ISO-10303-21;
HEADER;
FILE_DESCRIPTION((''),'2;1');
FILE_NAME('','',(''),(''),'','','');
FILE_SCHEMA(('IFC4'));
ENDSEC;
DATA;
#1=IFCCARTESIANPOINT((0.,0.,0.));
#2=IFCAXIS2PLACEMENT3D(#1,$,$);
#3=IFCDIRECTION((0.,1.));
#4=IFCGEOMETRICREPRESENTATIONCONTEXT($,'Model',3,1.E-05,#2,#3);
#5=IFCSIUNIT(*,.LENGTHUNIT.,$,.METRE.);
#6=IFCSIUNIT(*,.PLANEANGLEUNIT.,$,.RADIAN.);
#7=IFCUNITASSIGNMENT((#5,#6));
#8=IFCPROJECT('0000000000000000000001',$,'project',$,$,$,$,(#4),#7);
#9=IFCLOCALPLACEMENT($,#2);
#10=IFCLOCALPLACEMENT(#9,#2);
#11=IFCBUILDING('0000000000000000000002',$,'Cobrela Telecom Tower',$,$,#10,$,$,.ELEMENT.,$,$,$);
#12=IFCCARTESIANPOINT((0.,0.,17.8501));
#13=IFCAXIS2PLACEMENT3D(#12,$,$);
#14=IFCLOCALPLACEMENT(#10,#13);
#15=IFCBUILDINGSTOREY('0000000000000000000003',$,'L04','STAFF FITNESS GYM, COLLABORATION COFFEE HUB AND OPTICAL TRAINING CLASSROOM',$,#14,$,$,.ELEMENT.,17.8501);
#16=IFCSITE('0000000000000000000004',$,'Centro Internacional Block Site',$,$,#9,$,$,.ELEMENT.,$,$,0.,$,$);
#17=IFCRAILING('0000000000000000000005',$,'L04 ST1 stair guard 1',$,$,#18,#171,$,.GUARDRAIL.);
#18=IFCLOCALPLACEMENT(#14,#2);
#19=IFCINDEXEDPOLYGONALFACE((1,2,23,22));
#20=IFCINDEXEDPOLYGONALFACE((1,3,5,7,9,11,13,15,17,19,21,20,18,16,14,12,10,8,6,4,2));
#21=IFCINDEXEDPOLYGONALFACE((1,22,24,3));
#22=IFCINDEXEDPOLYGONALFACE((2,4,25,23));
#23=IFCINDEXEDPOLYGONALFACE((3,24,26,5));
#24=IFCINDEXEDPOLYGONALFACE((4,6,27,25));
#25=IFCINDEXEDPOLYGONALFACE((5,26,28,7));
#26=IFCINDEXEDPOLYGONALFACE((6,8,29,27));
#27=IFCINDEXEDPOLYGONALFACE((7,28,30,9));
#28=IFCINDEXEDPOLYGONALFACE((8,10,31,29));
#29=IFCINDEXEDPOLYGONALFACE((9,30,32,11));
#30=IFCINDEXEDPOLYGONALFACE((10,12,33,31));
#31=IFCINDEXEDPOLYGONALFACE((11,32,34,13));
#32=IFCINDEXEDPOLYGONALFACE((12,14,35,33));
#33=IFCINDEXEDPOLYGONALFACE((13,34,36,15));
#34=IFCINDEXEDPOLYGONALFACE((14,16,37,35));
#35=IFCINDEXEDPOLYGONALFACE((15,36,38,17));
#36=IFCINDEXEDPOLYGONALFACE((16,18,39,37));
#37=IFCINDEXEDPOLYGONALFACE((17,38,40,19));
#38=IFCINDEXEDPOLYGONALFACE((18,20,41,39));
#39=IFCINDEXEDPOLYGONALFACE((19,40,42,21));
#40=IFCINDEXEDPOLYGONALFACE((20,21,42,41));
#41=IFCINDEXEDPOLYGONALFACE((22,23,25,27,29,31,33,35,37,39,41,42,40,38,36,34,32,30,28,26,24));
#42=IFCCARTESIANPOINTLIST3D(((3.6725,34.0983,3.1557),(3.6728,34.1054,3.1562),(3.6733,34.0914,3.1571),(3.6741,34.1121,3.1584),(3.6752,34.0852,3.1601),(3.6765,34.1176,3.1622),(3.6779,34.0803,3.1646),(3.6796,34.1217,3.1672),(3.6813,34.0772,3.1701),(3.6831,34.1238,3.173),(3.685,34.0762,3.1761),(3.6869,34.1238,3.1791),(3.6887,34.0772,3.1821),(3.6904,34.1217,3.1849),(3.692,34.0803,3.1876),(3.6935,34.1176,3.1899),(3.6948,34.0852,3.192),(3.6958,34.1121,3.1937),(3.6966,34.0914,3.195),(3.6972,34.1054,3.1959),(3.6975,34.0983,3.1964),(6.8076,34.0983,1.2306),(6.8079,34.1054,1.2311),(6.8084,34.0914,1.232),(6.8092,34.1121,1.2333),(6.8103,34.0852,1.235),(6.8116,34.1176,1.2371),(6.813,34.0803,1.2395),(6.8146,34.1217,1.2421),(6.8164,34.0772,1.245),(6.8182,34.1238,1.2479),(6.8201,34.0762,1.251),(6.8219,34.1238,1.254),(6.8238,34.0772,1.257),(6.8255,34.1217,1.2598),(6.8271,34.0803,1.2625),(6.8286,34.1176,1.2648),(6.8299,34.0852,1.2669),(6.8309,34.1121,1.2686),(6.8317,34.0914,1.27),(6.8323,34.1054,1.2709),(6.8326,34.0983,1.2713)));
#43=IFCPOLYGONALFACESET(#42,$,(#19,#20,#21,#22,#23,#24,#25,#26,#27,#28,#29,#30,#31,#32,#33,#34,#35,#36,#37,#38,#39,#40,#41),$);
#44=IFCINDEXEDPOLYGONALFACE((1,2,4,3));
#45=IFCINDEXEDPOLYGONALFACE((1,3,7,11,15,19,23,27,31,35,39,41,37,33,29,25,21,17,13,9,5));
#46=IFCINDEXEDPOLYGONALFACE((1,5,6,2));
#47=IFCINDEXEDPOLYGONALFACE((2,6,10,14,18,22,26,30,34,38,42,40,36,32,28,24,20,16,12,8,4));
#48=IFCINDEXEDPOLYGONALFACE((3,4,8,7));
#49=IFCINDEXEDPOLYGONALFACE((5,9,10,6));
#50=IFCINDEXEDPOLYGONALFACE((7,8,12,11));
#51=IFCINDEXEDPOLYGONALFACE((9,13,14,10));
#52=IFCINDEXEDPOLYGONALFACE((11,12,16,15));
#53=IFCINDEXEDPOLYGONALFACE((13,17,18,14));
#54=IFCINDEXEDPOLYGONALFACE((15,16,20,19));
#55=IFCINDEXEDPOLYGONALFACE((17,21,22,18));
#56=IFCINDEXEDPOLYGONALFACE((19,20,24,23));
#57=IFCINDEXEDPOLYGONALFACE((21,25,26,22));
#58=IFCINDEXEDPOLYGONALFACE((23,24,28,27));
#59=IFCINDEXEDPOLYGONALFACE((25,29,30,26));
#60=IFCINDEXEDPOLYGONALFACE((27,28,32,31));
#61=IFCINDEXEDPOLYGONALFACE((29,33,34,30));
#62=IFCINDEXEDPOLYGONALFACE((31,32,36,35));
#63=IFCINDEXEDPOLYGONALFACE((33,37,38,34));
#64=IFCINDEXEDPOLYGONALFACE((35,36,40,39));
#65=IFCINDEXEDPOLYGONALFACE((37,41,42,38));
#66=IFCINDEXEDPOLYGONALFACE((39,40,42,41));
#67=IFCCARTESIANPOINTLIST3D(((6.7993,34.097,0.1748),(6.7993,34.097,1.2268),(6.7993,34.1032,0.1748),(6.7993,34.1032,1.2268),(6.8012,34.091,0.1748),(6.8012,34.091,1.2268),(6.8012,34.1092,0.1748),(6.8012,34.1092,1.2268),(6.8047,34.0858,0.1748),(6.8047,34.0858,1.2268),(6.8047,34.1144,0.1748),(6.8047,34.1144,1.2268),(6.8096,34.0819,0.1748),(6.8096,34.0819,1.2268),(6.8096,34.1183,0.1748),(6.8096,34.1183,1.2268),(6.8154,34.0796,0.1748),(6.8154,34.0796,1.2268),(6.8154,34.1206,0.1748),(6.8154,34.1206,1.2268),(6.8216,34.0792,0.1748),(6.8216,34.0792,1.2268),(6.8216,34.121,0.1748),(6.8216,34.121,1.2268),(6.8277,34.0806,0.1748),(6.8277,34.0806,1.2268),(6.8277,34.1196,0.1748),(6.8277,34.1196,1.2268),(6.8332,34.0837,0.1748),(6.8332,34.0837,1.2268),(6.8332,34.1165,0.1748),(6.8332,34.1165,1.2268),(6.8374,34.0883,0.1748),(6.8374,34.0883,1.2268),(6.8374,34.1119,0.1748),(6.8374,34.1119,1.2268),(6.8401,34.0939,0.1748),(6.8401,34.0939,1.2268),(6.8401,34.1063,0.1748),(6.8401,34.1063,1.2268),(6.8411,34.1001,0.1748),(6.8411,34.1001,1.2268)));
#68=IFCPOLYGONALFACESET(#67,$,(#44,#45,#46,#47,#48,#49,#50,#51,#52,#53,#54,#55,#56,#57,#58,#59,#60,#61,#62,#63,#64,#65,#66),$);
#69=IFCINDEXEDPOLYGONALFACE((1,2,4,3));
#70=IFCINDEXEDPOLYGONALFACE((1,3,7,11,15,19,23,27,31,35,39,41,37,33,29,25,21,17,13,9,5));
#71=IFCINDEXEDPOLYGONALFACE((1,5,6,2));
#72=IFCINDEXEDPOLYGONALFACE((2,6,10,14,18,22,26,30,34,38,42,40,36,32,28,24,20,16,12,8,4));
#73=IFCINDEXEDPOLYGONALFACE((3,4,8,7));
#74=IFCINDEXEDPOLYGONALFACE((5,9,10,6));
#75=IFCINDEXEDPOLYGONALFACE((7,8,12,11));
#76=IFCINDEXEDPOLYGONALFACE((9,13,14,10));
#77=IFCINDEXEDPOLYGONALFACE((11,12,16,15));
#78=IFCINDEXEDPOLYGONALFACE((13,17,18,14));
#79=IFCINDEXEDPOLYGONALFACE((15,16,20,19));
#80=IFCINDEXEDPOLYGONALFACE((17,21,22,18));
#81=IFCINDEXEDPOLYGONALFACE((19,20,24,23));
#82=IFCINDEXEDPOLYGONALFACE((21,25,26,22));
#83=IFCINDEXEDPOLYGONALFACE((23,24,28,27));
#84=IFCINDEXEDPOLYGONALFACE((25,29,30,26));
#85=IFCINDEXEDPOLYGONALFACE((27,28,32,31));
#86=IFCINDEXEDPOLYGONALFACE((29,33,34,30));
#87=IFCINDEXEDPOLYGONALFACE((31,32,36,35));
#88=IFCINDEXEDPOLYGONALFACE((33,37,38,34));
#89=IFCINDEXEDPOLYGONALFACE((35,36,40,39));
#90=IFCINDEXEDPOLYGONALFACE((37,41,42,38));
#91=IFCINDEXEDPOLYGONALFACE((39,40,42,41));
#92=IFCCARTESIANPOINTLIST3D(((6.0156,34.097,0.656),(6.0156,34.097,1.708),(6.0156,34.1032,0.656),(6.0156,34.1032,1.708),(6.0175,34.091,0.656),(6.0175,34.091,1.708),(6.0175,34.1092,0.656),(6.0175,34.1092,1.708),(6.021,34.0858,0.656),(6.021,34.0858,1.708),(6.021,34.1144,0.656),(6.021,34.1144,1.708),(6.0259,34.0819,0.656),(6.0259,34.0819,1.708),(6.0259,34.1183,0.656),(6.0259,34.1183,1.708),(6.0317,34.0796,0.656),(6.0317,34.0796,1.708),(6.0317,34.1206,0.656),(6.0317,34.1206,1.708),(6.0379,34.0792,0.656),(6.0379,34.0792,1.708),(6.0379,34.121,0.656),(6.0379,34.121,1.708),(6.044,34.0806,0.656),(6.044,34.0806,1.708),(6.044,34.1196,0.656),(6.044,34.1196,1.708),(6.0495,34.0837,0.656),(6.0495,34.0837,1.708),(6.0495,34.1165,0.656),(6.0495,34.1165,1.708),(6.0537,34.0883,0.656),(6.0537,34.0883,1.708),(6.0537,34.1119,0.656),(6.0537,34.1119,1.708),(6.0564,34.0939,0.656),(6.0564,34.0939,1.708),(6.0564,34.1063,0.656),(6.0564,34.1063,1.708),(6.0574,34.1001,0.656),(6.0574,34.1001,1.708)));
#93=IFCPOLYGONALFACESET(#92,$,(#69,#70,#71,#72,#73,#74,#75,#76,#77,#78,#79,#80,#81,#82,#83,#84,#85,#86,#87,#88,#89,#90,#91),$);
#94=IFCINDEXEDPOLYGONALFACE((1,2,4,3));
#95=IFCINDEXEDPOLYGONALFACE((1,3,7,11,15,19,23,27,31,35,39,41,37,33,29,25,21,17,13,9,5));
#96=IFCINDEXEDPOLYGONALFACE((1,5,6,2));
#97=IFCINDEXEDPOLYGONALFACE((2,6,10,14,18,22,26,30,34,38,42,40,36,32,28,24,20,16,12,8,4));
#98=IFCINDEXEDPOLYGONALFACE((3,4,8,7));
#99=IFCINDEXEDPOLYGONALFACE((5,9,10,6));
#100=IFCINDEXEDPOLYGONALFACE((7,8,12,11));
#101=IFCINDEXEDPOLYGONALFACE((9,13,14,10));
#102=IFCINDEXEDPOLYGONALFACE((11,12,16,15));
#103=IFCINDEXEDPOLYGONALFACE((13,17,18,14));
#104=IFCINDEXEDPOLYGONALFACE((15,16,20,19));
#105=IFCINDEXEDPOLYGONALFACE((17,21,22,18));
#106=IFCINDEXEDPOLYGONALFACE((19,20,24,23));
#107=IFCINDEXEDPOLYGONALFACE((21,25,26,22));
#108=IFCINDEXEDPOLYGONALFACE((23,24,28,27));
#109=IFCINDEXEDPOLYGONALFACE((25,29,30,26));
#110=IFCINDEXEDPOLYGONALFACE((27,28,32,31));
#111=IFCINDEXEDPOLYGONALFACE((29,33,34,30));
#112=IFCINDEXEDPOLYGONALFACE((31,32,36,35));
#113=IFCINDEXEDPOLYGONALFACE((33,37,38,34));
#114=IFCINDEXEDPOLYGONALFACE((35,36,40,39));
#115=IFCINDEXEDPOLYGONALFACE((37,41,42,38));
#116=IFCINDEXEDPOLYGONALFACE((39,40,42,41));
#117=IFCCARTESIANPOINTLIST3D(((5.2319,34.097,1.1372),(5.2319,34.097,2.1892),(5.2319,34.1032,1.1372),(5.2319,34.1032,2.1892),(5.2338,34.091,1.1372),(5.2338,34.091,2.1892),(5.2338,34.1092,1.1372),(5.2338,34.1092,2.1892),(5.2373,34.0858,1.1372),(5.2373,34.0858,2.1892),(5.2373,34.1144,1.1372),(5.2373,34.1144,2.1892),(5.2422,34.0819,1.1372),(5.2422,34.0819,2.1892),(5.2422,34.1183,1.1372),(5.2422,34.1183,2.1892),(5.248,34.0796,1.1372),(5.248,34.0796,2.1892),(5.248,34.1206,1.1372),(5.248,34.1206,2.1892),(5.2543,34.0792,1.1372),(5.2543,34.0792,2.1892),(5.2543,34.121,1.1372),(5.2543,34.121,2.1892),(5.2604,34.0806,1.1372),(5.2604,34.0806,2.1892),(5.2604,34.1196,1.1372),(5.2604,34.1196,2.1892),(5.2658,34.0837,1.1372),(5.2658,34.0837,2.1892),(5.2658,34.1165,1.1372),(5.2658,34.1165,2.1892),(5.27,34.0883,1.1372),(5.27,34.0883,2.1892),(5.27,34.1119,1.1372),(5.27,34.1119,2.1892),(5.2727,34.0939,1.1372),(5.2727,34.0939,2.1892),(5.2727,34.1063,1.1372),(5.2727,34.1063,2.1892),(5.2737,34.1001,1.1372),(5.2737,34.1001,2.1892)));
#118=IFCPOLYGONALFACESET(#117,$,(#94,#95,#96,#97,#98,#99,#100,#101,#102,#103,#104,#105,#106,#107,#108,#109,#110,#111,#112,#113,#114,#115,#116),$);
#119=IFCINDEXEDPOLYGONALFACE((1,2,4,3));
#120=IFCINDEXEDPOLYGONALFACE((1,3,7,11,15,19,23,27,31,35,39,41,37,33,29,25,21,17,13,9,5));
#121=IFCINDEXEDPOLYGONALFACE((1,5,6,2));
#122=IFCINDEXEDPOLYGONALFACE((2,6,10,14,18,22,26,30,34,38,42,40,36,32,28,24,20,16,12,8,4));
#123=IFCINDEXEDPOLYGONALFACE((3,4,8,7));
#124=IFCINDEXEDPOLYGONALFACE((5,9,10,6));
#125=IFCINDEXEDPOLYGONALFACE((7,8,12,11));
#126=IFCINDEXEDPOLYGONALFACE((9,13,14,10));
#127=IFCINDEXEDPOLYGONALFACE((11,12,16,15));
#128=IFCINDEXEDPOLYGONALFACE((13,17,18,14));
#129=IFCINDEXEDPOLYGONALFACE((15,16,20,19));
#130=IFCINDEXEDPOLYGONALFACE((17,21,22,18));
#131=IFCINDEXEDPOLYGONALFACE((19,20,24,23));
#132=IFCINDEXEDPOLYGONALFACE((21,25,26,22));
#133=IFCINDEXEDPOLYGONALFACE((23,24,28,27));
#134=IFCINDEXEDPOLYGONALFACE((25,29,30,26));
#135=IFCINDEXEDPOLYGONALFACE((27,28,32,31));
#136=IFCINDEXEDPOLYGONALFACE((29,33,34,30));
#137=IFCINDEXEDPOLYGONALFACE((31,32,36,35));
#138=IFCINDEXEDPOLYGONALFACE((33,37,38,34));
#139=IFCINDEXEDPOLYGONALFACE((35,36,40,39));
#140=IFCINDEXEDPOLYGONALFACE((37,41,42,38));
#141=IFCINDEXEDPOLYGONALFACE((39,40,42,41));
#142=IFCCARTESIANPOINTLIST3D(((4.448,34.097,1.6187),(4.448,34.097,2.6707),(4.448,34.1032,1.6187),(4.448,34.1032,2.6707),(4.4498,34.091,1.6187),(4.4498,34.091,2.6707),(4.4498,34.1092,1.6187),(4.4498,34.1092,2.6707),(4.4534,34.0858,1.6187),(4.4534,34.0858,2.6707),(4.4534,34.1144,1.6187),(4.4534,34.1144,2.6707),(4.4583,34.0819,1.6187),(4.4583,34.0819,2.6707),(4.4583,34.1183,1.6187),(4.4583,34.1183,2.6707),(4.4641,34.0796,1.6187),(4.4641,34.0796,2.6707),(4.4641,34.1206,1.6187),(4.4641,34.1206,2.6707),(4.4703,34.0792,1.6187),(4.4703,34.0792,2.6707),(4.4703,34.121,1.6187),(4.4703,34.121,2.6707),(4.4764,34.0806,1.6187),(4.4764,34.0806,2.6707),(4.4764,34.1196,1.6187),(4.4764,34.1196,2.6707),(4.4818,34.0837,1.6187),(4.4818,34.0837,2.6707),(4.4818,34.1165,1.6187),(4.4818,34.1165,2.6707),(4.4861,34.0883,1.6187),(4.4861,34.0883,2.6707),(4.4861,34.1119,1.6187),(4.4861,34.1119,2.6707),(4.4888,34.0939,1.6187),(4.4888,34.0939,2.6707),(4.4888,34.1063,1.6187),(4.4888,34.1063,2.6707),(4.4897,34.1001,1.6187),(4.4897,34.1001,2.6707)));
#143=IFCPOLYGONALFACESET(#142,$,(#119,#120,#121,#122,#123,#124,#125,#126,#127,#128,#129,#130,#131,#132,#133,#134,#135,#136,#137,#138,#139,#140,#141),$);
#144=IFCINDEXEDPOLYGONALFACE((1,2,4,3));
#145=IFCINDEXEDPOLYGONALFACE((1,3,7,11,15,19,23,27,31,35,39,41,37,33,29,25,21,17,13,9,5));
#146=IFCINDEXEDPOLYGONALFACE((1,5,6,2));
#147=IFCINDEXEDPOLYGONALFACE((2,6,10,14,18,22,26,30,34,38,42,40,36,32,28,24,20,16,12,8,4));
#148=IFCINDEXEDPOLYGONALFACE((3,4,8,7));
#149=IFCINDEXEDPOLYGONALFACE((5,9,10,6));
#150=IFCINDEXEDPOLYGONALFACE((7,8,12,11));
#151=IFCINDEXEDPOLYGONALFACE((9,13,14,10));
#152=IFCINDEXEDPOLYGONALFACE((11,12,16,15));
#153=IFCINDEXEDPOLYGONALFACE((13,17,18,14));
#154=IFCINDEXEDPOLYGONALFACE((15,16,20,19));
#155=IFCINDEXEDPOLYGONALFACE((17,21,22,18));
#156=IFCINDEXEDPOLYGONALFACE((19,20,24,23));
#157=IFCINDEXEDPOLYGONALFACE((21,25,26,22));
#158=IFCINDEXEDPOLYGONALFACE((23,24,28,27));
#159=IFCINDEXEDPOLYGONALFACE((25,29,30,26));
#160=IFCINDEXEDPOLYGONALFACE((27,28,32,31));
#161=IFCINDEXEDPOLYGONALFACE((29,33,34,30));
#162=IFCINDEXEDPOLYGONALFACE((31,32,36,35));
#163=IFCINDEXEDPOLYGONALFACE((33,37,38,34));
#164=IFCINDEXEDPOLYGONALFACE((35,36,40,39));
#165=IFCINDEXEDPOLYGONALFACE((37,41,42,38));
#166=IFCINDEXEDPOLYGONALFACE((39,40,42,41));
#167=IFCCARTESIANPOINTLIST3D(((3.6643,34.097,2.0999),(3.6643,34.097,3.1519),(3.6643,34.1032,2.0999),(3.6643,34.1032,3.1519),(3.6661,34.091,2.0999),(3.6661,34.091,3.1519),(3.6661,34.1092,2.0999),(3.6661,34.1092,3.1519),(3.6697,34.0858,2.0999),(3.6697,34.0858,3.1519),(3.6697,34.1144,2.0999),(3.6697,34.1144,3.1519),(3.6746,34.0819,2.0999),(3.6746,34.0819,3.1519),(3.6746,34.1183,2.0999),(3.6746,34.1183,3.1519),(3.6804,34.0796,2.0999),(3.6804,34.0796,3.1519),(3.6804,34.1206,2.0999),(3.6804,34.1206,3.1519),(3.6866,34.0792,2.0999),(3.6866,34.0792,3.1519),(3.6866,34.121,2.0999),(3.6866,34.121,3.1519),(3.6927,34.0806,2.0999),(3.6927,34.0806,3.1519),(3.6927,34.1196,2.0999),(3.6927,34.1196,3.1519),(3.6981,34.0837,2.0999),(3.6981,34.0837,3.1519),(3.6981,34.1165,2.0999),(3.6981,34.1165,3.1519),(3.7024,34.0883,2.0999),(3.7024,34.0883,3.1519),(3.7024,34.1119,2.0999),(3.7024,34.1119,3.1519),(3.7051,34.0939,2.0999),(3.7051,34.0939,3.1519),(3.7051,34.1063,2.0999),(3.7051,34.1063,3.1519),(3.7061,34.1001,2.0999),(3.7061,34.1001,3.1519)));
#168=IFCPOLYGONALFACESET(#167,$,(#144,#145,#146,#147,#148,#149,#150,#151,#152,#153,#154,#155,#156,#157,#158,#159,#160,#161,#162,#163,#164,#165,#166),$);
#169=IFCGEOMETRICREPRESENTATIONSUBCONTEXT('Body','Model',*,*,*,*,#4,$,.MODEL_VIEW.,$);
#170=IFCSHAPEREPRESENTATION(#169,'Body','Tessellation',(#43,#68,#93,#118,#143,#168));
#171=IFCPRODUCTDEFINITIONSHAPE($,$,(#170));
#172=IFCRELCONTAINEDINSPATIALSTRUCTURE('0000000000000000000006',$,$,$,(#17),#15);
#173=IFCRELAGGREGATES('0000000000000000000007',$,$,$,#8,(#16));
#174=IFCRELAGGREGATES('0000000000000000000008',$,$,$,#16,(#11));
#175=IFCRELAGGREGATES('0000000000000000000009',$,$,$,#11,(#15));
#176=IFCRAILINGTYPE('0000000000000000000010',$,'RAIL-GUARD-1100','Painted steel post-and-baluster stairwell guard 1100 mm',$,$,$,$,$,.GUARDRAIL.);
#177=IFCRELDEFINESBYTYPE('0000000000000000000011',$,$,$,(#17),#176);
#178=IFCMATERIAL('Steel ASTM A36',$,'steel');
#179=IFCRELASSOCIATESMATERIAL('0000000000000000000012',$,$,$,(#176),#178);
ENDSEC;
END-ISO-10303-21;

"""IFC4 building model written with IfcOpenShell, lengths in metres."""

from ifc_helpers import new_model, si_unit, direction, frame, origin, origin_2d, place, context, subcontext, project, spatial, circle, extrude, material, type_object, element, save


model = new_model("IFC4")

# Units and contexts
model_context = context("Model", 3, precision=1e-05, world=origin(), true_north=direction((0.0, 1.0)))
body_context = subcontext(model_context, "Body", "Model", "MODEL_VIEW")
ifc_project = project(units=[si_unit("LENGTHUNIT", "METRE"), si_unit("PLANEANGLEUNIT", "RADIAN")], contexts=[model_context])

# Site, building, storey
site_placement = place(None, origin())
site = spatial("IfcSite", under=ifc_project, at=site_placement, Name="Centro Internacional Block Site", CompositionType="ELEMENT", RefElevation=0.0)
building_placement = place(site_placement, origin())
building = spatial("IfcBuilding", under=site, at=building_placement, Name="Cobrela Telecom Tower", CompositionType="ELEMENT")
storey_placement = place(building_placement, frame((0.0, 0.0, 17.8501)))
storey = spatial("IfcBuildingStorey", under=building, at=storey_placement, Name="L04", Description="STAFF FITNESS GYM, COLLABORATION COFFEE HUB AND OPTICAL TRAINING CLASSROOM", CompositionType="ELEMENT", Elevation=17.8501)

# Shared definitions
ifc_material_1 = material(Name="Steel ASTM A36", Category="steel")

# Railing
railing_type_1 = type_object("IfcRailingType", Name="RAIL-GUARD-1100", Description="Painted steel post-and-baluster stairwell guard 1100 mm", PredefinedType="GUARDRAIL", material=ifc_material_1)
railing_1_placement = place(storey_placement, frame((6.8201, 34.1001, 0.1748)))
element("IfcRailing", 1, at=railing_1_placement, inside=storey, type_object=railing_type_1, Name="L04 ST1 stair guard 1", PredefinedType="GUARDRAIL", context=body_context, shape_type="SweptSolid", body=[
    extrude(circle(Radius=0.0239, at=origin_2d()), frame((0.0, 0.0, 1.0762), z_axis=(-0.852166, 0.0, 0.523271), x_axis=(0.0, -1.0, 0.0)), (0.0, 0.0, 1.0), 3.679),
    extrude(circle(Radius=0.021, at=origin_2d()), origin(), (0.0, 0.0, 1.0), 1.052),
    extrude(circle(Radius=0.021, at=origin_2d()), frame((-0.7837, 0.0, 0.4812)), (0.0, 0.0, 1.0), 1.052),
    extrude(circle(Radius=0.021, at=origin_2d()), frame((-1.5674, 0.0, 0.9624)), (0.0, 0.0, 1.0), 1.052),
    extrude(circle(Radius=0.021, at=origin_2d()), frame((-2.3513, 0.0, 1.4438)), (0.0, 0.0, 1.0), 1.052),
    extrude(circle(Radius=0.021, at=origin_2d()), frame((-3.135, 0.0, 1.925)), (0.0, 0.0, 1.0), 1.052),
])

save(model, "model.ifc")
